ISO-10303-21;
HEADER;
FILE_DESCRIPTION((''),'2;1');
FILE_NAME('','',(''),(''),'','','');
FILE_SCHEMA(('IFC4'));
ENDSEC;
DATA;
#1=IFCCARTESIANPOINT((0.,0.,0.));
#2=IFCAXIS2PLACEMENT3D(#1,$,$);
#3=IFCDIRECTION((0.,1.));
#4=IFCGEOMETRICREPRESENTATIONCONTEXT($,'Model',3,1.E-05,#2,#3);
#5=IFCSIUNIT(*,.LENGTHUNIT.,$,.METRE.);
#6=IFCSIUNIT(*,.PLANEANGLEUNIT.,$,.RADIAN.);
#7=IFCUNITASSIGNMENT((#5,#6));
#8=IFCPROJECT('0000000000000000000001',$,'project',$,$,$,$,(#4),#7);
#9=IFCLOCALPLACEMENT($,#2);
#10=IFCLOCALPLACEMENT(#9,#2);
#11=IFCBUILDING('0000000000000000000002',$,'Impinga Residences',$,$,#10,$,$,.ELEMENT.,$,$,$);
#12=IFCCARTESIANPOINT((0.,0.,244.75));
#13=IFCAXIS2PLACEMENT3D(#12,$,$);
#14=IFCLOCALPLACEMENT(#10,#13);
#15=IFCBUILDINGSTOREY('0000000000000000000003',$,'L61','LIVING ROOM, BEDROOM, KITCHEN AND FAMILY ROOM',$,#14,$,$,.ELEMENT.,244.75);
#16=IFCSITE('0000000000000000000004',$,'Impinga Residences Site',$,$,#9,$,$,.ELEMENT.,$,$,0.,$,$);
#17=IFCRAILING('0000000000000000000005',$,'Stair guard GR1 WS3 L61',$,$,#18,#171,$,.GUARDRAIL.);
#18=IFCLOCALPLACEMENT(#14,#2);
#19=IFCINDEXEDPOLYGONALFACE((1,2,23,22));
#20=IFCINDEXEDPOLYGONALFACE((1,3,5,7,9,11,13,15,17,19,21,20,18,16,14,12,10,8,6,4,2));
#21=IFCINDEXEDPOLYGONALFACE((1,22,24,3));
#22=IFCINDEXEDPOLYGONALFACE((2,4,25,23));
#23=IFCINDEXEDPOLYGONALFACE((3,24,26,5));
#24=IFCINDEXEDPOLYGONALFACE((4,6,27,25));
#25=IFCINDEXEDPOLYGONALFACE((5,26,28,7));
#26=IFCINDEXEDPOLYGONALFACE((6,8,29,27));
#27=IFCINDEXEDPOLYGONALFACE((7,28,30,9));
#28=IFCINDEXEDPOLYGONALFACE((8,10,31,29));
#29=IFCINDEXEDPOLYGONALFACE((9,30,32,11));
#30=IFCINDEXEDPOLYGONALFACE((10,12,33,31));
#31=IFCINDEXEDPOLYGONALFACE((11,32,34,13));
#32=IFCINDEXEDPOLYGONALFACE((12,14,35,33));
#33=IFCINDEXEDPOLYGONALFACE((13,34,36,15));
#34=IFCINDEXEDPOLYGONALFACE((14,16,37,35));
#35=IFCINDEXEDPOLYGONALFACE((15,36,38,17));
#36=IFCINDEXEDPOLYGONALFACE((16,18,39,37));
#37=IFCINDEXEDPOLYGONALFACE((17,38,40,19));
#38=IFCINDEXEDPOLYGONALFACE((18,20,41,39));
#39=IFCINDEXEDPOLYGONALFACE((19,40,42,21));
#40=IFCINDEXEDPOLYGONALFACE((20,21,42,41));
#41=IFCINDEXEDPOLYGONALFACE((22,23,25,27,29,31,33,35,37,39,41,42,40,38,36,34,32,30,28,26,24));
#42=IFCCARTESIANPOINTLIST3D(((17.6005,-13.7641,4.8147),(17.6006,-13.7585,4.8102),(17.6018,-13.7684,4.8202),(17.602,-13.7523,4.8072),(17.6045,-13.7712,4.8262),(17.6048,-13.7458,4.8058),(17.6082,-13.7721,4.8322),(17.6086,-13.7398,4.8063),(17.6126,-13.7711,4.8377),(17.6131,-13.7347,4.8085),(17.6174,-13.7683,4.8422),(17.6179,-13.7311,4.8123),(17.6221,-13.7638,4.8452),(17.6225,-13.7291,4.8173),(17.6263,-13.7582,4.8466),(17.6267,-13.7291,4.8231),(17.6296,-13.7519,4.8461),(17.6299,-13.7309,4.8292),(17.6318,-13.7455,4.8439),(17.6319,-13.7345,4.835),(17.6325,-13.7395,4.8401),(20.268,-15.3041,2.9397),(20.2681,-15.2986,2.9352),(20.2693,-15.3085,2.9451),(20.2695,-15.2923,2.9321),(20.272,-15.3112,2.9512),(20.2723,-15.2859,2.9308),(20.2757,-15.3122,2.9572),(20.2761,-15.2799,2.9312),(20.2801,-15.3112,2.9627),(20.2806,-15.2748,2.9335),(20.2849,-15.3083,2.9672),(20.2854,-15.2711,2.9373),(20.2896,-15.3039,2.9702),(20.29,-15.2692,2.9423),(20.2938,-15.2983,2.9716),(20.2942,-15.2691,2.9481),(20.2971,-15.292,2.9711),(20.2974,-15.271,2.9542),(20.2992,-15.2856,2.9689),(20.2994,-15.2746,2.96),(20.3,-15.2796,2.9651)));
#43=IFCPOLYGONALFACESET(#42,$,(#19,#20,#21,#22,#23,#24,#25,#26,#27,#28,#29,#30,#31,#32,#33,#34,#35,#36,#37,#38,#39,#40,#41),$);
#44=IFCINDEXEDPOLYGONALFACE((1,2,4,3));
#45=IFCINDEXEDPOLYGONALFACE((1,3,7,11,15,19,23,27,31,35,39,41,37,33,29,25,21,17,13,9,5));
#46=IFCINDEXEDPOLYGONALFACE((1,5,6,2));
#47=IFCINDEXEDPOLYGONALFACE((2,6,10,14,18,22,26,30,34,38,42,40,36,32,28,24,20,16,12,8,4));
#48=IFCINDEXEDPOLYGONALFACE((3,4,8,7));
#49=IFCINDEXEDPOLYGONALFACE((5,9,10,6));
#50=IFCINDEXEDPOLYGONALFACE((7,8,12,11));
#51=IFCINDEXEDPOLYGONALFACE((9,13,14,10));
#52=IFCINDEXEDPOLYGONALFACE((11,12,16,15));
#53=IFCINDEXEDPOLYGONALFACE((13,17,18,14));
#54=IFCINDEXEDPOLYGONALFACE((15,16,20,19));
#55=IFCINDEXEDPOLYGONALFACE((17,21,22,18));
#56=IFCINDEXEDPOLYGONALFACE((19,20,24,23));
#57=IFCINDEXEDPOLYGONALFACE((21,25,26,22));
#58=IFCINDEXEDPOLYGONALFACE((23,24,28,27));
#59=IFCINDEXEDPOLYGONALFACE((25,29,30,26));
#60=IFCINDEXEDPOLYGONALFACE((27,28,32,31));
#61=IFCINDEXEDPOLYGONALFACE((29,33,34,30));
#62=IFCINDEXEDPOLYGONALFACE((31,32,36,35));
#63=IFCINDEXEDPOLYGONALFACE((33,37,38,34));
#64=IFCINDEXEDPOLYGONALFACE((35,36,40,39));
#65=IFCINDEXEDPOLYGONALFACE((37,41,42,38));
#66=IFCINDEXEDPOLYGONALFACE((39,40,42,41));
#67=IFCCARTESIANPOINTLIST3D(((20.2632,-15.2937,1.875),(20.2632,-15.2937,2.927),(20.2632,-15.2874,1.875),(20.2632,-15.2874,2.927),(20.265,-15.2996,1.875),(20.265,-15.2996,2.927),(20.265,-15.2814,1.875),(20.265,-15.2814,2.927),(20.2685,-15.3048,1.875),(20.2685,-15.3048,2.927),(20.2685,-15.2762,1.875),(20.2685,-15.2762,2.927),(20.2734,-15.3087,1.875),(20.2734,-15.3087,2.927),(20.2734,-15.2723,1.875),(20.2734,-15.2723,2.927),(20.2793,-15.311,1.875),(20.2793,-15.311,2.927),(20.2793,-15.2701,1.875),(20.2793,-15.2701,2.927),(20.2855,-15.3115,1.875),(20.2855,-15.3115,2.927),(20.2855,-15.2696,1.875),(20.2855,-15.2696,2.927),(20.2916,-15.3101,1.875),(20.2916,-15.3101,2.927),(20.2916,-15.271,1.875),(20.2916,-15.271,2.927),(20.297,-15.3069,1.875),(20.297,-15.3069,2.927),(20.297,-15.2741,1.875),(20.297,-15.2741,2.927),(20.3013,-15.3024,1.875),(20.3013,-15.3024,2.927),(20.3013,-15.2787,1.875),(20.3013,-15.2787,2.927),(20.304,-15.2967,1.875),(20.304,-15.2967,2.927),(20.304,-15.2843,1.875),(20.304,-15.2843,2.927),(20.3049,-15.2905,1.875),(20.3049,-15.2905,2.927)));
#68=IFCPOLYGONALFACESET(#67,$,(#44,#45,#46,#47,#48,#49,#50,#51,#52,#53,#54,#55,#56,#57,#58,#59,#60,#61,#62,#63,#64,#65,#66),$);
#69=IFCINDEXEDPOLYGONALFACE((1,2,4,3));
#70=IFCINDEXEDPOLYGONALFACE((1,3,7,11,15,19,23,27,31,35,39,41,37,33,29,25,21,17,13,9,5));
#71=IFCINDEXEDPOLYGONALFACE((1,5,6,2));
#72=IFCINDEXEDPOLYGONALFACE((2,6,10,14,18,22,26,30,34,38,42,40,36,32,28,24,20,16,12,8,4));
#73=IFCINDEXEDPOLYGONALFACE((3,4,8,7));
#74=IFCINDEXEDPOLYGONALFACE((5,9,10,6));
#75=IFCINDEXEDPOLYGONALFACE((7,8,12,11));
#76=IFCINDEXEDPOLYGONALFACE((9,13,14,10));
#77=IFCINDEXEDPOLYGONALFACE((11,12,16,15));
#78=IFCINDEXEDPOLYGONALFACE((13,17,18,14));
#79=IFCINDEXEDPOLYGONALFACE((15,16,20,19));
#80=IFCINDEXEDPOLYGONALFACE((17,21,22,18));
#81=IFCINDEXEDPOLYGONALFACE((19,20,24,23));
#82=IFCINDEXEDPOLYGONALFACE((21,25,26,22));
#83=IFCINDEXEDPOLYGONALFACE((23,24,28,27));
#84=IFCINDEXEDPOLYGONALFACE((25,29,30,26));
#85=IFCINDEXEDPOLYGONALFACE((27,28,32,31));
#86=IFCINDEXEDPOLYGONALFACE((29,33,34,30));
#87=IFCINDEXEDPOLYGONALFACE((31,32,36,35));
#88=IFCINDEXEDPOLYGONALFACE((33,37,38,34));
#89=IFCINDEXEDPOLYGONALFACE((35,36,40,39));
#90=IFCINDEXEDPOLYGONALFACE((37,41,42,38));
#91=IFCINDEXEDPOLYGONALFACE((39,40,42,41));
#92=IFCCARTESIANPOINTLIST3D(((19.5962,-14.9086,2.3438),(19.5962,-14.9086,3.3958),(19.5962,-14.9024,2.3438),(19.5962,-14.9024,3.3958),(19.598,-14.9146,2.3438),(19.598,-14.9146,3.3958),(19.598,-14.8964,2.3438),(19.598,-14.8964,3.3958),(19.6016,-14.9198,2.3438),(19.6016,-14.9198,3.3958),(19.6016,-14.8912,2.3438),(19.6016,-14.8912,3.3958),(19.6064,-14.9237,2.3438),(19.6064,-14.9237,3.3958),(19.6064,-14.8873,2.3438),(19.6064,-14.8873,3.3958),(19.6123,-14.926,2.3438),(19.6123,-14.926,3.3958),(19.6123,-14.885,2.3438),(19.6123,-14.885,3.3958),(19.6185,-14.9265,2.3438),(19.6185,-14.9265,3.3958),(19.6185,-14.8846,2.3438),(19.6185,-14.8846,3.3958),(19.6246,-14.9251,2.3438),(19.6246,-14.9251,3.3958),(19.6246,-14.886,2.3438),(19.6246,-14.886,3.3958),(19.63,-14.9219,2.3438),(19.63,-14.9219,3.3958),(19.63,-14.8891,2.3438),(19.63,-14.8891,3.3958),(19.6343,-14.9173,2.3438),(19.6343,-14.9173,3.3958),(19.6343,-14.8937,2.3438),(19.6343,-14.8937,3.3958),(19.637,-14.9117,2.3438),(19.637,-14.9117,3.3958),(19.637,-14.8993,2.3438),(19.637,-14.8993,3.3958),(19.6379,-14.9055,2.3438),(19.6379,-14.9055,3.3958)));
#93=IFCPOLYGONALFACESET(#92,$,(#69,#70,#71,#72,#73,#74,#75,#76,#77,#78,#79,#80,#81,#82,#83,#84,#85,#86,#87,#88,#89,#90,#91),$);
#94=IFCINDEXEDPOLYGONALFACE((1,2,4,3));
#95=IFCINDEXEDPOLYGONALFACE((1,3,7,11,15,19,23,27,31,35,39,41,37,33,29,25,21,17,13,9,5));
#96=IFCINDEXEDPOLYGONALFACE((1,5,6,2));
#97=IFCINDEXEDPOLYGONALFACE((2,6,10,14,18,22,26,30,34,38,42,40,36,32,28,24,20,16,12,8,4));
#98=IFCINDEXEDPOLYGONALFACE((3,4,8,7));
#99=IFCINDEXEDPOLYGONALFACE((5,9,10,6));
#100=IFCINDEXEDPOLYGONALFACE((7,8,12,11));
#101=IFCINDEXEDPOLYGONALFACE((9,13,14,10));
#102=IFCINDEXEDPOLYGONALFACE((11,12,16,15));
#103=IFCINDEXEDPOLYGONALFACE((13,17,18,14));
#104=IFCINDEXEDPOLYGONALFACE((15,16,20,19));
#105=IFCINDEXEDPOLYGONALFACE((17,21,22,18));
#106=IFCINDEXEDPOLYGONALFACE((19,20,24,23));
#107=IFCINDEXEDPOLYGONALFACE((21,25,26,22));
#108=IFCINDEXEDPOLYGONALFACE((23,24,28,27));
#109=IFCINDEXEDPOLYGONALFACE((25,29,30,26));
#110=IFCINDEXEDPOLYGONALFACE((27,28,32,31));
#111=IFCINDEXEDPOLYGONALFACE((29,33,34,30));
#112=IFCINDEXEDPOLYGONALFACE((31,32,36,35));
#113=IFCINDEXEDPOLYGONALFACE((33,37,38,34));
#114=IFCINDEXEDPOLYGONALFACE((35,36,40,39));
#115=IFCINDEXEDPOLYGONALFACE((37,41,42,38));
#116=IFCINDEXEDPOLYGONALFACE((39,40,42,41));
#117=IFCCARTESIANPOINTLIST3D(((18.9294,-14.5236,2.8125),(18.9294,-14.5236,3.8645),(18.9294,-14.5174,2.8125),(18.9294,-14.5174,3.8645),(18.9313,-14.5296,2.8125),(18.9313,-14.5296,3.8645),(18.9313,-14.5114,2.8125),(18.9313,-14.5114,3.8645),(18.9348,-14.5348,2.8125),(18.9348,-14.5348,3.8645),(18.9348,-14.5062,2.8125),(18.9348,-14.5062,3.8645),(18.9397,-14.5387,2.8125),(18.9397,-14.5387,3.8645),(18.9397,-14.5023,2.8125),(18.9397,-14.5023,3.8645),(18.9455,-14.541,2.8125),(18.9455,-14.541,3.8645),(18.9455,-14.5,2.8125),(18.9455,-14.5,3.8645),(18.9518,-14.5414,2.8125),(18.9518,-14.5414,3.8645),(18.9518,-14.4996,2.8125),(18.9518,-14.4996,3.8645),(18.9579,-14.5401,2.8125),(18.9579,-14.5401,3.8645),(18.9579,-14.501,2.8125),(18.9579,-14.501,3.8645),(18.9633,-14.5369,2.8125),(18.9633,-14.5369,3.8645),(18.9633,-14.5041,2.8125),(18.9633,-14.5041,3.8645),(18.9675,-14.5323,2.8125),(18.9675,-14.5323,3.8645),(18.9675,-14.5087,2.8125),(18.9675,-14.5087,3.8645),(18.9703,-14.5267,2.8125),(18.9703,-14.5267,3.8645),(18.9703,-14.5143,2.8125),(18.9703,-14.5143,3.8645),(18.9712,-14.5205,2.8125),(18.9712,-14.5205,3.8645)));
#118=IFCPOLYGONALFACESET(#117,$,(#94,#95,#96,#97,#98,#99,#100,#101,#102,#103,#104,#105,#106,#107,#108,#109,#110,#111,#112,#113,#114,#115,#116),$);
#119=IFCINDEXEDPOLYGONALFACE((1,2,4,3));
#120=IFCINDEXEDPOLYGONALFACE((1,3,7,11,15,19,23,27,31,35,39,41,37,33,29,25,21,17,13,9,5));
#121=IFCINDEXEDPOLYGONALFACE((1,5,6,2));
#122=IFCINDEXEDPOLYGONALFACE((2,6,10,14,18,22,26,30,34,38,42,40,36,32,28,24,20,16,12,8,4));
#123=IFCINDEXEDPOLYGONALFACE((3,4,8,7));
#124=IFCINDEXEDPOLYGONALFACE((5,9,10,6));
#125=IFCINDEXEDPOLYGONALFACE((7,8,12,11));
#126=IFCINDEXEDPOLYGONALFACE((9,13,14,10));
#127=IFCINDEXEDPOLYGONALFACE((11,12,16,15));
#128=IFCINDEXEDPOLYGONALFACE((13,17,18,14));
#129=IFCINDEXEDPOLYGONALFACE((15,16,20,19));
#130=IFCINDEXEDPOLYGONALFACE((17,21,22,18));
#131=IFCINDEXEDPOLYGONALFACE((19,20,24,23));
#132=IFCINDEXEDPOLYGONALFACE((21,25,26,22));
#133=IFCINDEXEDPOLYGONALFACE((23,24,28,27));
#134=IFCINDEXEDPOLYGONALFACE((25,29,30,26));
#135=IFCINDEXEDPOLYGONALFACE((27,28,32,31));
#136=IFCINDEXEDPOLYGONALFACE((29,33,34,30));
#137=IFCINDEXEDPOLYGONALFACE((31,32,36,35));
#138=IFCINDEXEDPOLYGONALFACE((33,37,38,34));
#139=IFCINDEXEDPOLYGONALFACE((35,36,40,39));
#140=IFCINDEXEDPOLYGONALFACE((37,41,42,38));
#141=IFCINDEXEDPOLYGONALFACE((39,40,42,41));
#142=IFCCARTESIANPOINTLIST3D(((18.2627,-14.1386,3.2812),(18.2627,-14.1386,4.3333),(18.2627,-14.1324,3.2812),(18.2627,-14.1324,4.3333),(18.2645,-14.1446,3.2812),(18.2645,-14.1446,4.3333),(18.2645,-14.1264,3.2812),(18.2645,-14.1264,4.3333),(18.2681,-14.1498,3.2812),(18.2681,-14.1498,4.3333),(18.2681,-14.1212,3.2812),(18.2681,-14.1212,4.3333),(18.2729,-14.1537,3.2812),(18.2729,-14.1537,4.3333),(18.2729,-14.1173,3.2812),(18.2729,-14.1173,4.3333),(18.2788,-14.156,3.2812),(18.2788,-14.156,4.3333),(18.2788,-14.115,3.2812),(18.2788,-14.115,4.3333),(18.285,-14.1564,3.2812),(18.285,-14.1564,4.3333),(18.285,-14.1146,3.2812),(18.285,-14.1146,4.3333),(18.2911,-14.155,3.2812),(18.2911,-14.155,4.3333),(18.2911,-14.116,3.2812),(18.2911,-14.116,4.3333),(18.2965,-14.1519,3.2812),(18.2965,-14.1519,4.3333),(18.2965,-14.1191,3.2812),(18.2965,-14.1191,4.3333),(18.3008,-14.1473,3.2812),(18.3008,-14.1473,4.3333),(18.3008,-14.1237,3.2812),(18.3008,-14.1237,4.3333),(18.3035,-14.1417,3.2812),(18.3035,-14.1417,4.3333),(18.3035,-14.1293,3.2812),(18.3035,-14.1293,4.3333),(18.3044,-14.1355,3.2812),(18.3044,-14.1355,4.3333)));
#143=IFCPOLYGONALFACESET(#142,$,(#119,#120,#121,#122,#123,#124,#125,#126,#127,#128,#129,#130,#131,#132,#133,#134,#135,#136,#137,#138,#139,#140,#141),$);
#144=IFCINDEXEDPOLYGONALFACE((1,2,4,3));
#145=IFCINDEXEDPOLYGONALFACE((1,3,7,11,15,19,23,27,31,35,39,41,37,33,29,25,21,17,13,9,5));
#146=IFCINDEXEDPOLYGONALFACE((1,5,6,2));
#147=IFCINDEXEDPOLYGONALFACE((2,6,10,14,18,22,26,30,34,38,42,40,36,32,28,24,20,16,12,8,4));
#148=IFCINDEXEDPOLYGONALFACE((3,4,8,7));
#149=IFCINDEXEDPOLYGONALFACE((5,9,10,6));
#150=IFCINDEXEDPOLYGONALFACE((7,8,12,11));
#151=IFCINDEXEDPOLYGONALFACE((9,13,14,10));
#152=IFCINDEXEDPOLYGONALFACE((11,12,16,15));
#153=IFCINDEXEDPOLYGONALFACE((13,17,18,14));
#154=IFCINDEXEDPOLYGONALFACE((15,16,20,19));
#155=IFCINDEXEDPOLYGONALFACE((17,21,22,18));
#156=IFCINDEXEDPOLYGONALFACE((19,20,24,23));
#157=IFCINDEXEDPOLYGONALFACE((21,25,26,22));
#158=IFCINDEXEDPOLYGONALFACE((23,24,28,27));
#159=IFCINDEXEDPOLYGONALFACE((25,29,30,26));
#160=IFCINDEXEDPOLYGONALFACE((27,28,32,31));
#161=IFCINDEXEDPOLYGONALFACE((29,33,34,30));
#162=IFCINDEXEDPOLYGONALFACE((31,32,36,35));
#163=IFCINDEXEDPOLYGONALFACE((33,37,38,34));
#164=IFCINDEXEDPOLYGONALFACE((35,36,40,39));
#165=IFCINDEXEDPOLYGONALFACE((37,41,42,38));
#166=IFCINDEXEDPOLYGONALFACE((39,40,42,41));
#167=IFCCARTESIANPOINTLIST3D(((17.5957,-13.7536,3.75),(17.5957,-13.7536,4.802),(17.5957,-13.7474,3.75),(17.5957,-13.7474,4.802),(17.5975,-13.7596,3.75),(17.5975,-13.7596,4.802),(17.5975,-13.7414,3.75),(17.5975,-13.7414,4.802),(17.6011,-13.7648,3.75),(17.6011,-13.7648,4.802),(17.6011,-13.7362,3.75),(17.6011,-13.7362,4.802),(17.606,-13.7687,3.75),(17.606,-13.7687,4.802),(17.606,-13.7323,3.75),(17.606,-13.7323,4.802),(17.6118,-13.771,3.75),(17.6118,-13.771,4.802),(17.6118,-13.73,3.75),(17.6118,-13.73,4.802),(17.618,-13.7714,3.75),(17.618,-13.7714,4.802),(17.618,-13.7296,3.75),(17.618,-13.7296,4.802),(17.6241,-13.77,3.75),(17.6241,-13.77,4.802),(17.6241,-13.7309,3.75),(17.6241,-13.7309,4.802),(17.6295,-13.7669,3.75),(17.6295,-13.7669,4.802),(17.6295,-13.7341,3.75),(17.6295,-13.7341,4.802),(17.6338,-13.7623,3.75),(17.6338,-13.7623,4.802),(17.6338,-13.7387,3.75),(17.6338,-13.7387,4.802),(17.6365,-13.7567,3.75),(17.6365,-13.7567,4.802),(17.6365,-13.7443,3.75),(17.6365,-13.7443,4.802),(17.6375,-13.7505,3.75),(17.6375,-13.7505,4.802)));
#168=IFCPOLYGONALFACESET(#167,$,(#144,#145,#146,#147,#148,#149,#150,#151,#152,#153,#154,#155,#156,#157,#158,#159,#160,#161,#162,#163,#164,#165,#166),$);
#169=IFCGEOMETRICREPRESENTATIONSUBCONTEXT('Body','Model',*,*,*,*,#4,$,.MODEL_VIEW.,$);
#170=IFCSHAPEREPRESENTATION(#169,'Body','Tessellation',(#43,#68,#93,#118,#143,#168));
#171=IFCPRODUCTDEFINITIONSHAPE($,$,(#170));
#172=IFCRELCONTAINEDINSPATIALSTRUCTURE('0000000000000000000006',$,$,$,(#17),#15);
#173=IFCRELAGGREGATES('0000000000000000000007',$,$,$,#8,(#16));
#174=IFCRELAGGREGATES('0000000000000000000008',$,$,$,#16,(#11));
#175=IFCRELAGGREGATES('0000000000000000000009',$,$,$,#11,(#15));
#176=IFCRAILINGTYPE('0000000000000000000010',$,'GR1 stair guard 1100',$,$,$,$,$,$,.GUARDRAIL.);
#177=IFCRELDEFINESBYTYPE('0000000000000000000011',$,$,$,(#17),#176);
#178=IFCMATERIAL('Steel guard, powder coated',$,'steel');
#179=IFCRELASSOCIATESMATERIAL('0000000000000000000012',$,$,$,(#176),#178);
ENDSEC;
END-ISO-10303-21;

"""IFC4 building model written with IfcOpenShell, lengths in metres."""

from ifc_helpers import new_model, si_unit, direction, frame, origin, origin_2d, place, context, subcontext, project, spatial, circle, extrude, material, type_object, element, save


model = new_model("IFC4")

# Units and contexts
model_context = context("Model", 3, precision=1e-05, world=origin(), true_north=direction((0.0, 1.0)))
body_context = subcontext(model_context, "Body", "Model", "MODEL_VIEW")
ifc_project = project(units=[si_unit("LENGTHUNIT", "METRE"), si_unit("PLANEANGLEUNIT", "RADIAN")], contexts=[model_context])

# Site, building, storey
site_placement = place(None, origin())
site = spatial("IfcSite", under=ifc_project, at=site_placement, Name="Impinga Residences Site", CompositionType="ELEMENT", RefElevation=0.0)
building_placement = place(site_placement, origin())
building = spatial("IfcBuilding", under=site, at=building_placement, Name="Impinga Residences", CompositionType="ELEMENT")
storey_placement = place(building_placement, frame((0.0, 0.0, 244.75)))
storey = spatial("IfcBuildingStorey", under=building, at=storey_placement, Name="L61", Description="LIVING ROOM, BEDROOM, KITCHEN AND FAMILY ROOM", CompositionType="ELEMENT", Elevation=244.75)

# Railing
ifc_material_1 = material(Name="Steel guard, powder coated", Category="steel")
railing_type_1 = type_object("IfcRailingType", Name="GR1 stair guard 1100", PredefinedType="GUARDRAIL", material=ifc_material_1)
railing_1_placement = place(storey_placement, frame((20.2839, -15.2905, 1.875)))
element("IfcRailing", 1, at=railing_1_placement, inside=storey, type_object=railing_type_1, Name="Stair guard GR1 WS3 L61", PredefinedType="GUARDRAIL", context=body_context, shape_type="SweptSolid", body=[
    extrude(circle(Radius=0.0239, at=origin_2d()), frame((0.0, 0.0, 1.0762), z_axis=(-0.739746, 0.427084, 0.519975), x_axis=(-0.499992, -0.86603, 0.0)), (0.0, 0.0, 1.0), 3.606),
    extrude(circle(Radius=0.021, at=origin_2d()), origin(), (0.0, 0.0, 1.0), 1.052),
    extrude(circle(Radius=0.021, at=origin_2d()), frame((-0.667, 0.385, 0.4688)), (0.0, 0.0, 1.0), 1.052),
    extrude(circle(Radius=0.021, at=origin_2d()), frame((-1.3337, 0.77, 0.9375)), (0.0, 0.0, 1.0), 1.052),
    extrude(circle(Radius=0.021, at=origin_2d()), frame((-2.0005, 1.155, 1.4062)), (0.0, 0.0, 1.0), 1.052),
    extrude(circle(Radius=0.021, at=origin_2d()), frame((-2.6675, 1.54, 1.875)), (0.0, 0.0, 1.0), 1.052),
])

save(model, "model.ifc")
